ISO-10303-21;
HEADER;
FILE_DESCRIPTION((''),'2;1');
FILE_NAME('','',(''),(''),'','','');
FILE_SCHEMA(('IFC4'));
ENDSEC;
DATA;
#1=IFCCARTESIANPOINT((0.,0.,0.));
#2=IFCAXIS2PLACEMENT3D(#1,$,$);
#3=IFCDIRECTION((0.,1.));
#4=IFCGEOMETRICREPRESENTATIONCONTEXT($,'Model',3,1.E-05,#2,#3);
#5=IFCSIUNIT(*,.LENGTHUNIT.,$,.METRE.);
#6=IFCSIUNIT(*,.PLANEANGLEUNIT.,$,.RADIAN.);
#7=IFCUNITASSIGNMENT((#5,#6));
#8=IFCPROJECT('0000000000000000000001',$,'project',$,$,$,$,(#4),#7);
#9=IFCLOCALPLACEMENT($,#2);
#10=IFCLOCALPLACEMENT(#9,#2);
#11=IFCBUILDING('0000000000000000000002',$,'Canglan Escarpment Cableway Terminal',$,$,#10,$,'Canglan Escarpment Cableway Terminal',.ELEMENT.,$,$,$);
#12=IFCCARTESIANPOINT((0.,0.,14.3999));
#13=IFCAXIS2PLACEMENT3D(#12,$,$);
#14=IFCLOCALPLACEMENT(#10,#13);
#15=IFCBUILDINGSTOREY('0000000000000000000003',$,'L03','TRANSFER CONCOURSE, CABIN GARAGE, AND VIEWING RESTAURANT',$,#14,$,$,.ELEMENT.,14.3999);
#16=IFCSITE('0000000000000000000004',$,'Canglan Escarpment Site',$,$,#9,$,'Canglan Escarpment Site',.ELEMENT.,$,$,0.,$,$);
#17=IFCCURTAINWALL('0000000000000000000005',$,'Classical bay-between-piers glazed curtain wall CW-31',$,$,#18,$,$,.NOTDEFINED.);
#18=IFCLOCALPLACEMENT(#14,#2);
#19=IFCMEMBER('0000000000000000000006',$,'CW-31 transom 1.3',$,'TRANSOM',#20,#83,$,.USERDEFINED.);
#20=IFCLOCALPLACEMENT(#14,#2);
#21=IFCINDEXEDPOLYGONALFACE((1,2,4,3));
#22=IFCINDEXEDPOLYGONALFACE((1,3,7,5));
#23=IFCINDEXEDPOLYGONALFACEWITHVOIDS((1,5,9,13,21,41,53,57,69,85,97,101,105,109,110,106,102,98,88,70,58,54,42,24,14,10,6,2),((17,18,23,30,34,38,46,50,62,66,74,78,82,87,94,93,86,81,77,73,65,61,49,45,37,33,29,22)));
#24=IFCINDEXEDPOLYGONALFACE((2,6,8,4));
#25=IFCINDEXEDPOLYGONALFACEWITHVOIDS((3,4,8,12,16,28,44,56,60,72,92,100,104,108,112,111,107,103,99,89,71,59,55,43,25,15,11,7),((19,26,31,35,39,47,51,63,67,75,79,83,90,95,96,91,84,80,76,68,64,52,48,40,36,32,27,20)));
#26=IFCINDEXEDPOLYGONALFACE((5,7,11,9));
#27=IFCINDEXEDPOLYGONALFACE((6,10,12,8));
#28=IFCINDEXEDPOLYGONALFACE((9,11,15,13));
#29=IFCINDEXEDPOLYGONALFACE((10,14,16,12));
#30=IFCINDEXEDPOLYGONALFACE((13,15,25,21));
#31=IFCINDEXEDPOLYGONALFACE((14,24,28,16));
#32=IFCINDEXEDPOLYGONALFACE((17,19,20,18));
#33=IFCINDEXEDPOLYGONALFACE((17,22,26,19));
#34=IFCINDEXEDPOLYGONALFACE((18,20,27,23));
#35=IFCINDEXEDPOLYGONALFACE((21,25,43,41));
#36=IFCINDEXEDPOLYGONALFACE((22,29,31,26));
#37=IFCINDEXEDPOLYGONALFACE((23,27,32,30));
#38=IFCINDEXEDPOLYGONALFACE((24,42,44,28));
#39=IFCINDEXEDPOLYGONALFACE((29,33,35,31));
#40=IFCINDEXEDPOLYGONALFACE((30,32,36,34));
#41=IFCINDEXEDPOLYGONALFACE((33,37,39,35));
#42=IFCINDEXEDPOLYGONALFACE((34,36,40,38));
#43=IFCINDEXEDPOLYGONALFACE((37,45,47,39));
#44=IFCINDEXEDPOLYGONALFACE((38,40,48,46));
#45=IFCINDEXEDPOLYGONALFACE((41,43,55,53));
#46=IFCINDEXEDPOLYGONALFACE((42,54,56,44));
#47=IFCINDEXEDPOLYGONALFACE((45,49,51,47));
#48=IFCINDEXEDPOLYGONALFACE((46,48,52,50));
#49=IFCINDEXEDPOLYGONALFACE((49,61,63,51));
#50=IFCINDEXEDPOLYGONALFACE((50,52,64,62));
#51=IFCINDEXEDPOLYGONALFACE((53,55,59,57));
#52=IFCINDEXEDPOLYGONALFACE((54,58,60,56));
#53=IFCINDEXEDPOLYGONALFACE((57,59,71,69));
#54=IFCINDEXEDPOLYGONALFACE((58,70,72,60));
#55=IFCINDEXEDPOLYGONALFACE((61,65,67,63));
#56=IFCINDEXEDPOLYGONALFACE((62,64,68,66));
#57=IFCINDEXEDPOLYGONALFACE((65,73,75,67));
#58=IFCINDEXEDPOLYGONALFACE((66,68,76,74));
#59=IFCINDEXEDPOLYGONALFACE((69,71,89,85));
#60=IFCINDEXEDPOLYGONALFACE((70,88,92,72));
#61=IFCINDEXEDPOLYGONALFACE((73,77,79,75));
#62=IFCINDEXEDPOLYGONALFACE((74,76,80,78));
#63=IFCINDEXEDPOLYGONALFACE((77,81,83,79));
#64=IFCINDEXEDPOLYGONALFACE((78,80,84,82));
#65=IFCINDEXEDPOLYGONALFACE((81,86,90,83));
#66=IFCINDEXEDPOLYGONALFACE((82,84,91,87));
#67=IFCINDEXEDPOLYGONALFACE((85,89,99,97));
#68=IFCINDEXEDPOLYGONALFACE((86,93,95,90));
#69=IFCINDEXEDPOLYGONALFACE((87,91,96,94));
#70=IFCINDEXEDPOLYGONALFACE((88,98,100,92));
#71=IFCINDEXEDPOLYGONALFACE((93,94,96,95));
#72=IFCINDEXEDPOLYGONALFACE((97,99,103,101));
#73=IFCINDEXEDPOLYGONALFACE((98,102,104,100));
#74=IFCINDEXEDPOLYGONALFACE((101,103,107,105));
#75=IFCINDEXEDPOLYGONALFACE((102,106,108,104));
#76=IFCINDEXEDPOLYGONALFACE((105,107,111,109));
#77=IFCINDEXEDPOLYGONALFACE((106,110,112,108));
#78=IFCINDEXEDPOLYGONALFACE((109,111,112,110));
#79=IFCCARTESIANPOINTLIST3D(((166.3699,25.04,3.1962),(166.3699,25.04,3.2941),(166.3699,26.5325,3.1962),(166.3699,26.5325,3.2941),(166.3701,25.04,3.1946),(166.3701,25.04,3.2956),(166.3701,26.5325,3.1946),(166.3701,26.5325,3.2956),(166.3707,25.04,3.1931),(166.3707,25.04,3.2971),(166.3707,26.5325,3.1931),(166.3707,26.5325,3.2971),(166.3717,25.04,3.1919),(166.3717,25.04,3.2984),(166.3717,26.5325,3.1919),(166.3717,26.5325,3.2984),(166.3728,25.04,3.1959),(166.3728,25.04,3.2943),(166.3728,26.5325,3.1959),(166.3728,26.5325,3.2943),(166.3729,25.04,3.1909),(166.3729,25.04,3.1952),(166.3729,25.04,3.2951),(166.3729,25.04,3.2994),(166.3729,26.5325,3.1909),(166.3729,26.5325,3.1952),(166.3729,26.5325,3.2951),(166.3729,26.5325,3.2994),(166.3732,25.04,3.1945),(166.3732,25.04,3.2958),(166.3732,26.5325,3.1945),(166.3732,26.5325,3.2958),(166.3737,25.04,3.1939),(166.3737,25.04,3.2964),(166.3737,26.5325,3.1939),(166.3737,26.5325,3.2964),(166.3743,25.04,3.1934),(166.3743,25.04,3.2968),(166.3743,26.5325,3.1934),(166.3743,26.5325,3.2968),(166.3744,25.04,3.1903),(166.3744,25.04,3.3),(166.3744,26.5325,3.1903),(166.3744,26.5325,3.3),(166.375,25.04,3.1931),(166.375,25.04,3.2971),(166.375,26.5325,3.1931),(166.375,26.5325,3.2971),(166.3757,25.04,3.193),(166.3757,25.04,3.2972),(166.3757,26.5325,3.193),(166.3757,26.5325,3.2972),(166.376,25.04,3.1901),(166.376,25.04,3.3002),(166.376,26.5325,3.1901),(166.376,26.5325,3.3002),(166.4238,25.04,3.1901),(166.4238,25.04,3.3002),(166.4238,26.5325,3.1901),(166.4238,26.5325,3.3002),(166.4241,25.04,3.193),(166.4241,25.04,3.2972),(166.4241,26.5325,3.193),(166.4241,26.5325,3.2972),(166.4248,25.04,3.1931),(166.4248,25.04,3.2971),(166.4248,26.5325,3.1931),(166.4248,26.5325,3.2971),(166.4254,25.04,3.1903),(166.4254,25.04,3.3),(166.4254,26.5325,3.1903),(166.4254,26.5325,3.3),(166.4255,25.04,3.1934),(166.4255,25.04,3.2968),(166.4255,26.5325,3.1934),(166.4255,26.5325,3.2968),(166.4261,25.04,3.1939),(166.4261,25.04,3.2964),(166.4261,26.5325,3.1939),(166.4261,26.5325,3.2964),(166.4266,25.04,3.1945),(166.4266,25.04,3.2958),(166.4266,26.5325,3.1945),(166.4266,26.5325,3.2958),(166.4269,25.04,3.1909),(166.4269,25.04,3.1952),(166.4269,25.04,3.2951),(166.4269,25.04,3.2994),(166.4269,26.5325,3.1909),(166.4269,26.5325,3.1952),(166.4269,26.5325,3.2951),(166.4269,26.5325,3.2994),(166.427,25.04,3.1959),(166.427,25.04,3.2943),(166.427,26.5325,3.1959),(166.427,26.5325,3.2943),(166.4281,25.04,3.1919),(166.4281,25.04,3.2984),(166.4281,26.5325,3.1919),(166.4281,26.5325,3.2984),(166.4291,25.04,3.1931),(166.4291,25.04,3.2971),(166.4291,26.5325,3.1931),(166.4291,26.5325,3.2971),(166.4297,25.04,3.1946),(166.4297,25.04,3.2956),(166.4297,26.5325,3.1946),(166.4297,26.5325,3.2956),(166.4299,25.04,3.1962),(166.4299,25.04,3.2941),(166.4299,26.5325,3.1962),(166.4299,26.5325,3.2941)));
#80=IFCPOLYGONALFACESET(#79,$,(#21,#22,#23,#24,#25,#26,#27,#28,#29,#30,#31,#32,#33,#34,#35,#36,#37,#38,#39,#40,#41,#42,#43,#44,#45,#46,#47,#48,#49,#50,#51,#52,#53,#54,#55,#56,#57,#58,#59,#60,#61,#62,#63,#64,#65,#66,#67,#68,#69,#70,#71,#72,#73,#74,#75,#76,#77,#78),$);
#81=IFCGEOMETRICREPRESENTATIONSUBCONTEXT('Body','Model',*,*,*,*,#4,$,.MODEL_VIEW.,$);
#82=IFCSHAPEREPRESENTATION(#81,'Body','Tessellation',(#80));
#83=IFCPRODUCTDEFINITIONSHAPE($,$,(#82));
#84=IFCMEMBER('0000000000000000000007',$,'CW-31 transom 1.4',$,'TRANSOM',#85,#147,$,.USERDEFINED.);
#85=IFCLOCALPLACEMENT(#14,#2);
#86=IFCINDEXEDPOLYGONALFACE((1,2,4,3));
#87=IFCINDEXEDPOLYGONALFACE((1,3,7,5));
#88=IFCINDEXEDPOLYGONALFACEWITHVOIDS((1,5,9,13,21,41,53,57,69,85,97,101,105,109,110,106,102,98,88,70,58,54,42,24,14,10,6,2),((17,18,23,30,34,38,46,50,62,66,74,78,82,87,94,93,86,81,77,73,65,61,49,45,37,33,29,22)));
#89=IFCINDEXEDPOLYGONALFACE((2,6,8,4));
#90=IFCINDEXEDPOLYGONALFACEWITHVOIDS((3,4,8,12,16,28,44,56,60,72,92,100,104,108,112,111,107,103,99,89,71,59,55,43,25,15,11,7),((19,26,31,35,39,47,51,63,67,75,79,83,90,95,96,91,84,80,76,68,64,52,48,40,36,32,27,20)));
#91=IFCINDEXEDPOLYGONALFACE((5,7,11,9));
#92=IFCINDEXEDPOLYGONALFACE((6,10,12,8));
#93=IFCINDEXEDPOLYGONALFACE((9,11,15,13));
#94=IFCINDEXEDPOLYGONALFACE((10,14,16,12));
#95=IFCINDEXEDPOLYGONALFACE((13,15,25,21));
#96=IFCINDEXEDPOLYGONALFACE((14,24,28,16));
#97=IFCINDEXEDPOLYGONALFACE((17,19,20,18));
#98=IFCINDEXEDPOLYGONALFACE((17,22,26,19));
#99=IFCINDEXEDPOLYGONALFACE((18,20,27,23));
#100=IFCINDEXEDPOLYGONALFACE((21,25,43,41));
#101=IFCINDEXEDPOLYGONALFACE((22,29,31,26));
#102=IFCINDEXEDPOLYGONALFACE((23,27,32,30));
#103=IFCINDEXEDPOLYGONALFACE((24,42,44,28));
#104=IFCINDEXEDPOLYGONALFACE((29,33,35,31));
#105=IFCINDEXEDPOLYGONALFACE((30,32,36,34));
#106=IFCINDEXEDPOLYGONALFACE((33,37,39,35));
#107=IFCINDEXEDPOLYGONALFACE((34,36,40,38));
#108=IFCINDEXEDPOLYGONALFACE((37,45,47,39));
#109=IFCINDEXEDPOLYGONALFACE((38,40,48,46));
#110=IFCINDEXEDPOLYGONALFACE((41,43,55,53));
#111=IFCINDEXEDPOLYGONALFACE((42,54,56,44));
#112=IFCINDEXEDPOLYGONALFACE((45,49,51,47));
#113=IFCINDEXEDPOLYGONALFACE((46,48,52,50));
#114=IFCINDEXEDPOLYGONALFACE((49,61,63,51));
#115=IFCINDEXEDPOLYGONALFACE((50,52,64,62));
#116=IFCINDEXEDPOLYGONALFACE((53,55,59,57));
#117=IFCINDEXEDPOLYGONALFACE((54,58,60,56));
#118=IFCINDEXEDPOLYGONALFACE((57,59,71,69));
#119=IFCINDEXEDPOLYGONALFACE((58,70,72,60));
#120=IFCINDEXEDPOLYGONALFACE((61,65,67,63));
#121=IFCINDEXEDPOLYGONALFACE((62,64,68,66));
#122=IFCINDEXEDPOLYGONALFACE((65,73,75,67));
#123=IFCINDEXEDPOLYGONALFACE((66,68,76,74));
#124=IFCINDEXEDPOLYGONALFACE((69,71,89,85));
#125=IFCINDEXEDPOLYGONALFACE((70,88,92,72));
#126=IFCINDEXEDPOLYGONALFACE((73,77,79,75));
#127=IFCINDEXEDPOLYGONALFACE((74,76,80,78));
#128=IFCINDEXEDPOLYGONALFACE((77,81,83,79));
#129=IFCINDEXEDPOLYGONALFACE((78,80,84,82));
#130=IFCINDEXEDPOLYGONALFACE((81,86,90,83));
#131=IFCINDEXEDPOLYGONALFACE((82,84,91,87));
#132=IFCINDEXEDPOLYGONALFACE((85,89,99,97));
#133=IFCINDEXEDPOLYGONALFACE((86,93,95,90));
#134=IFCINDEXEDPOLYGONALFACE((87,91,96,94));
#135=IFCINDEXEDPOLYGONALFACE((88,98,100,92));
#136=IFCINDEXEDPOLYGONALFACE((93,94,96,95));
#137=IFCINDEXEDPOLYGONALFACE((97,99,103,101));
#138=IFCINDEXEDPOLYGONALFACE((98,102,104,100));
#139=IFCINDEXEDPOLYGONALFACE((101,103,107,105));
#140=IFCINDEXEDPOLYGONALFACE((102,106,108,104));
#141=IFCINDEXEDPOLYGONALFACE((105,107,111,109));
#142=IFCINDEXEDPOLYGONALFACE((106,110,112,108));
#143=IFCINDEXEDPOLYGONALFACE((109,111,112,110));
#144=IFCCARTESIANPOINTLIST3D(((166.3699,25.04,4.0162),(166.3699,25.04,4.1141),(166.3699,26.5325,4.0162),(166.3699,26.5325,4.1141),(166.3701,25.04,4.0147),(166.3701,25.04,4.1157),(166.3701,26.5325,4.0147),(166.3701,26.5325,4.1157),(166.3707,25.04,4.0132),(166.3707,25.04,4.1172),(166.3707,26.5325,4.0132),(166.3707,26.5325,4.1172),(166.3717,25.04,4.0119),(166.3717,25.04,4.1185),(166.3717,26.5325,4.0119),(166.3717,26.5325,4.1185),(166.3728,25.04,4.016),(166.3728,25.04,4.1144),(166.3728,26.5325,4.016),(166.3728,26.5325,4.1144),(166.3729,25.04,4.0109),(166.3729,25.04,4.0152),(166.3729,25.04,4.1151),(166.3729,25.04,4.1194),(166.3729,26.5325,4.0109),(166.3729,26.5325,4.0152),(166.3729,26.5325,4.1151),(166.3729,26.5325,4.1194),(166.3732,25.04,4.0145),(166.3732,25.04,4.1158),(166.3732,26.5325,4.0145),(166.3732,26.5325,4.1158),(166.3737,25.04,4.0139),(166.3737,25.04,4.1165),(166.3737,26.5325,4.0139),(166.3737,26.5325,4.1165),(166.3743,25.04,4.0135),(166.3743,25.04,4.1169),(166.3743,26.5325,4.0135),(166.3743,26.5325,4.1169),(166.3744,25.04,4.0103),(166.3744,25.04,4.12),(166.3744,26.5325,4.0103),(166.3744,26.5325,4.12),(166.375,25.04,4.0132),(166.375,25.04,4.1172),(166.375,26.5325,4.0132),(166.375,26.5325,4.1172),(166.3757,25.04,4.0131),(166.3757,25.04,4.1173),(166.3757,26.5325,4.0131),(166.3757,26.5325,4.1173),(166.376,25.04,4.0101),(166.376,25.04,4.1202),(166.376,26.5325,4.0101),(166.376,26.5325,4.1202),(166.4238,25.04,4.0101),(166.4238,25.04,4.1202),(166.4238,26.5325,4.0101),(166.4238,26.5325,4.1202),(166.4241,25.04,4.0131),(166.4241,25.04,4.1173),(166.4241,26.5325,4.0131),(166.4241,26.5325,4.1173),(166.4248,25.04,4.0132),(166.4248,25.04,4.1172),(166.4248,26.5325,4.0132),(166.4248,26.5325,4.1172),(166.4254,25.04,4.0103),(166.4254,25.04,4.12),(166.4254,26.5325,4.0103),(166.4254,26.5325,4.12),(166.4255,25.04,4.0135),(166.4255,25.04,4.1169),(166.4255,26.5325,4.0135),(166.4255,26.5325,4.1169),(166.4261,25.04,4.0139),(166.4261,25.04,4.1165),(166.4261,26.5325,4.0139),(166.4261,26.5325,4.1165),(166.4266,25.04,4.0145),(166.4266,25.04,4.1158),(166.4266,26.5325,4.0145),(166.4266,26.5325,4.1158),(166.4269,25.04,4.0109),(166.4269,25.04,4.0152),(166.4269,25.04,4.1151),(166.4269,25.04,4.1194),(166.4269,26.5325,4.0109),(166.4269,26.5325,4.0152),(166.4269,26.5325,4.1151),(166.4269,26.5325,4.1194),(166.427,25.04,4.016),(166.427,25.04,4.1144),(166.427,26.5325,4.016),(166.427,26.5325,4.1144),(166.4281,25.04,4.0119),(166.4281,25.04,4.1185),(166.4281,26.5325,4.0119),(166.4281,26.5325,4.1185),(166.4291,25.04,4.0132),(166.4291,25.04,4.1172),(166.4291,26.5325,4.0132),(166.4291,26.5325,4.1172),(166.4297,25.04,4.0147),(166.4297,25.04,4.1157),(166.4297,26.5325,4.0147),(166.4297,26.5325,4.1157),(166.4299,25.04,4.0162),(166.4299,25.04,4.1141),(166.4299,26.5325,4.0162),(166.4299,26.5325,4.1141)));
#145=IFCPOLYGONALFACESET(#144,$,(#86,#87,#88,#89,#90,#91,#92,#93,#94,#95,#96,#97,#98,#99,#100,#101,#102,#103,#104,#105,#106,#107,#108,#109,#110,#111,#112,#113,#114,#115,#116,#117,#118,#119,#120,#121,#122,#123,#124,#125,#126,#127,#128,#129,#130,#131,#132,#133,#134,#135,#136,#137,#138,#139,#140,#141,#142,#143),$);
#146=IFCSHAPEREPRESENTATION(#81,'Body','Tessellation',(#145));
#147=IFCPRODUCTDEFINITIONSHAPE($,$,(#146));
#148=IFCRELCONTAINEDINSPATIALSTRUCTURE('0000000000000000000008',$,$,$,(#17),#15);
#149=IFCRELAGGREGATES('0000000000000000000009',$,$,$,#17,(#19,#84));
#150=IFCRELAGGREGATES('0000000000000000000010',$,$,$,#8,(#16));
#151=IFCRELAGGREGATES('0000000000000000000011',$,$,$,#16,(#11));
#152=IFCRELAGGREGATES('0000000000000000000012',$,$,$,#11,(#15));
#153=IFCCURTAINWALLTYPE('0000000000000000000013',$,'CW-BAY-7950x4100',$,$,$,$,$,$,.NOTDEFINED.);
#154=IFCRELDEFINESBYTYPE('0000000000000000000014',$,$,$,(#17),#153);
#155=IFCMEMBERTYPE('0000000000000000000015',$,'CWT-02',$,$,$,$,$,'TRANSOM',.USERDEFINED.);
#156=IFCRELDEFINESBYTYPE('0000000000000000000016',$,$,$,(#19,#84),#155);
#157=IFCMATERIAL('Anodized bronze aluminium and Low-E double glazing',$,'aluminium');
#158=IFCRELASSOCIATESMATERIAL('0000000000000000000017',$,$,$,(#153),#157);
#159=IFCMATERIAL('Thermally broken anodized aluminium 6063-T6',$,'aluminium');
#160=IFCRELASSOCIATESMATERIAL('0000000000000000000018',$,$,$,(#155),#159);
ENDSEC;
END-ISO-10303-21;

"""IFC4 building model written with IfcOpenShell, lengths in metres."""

from ifc_helpers import new_model, si_unit, direction, frame, origin, origin_2d, place, context, subcontext, project, spatial, hollow_rectangle, extrude, material, material_profile, profile_set, type_object, element, aggregate, save


model = new_model("IFC4")

# Units and contexts
model_context = context("Model", 3, precision=1e-05, world=origin(), true_north=direction((0.0, 1.0)))
body_context = subcontext(model_context, "Body", "Model", "MODEL_VIEW")
ifc_project = project(units=[si_unit("LENGTHUNIT", "METRE"), si_unit("PLANEANGLEUNIT", "RADIAN")], contexts=[model_context])

# Site, building, storey
site_placement = place(None, origin())
site = spatial("IfcSite", under=ifc_project, at=site_placement, Name="Canglan Escarpment Site", LongName="Canglan Escarpment Site", CompositionType="ELEMENT", RefElevation=0.0)
building_placement = place(site_placement, origin())
building = spatial("IfcBuilding", under=site, at=building_placement, Name="Canglan Escarpment Cableway Terminal", LongName="Canglan Escarpment Cableway Terminal", CompositionType="ELEMENT")
storey_placement = place(building_placement, frame((0.0, 0.0, 14.3999)))
storey = spatial("IfcBuildingStorey", under=building, at=storey_placement, Name="L03", Description="TRANSFER CONCOURSE, CABIN GARAGE, AND VIEWING RESTAURANT", CompositionType="ELEMENT", Elevation=14.3999)

# Curtain wall, members
ifc_material_1 = material(Name="Anodized bronze aluminium and Low-E double glazing", Category="aluminium")
curtain_wall_type = type_object("IfcCurtainWallType", Name="CW-BAY-7950x4100", PredefinedType="NOTDEFINED", material=ifc_material_1)
curtain_wall_placement = place(storey_placement, origin())
curtain_wall = element("IfcCurtainWall", 1, at=curtain_wall_placement, inside=storey, type_object=curtain_wall_type, Name="Classical bay-between-piers glazed curtain wall CW-31", PredefinedType="NOTDEFINED")
ifc_material_2 = material(Name="Thermally broken anodized aluminium 6063-T6", Category="aluminium")
ifc_material_profile_1 = material_profile(ifc_material_2, hollow_rectangle(XDim=0.0601, YDim=0.1101, WallThickness=0.0029, InnerFilletRadius=0.0029, OuterFilletRadius=0.0061, at=origin_2d()), Name="ALU-TRAN 60x110x3")
ifc_profile_set_1 = profile_set([ifc_material_profile_1], Name="Thermally broken anodized aluminium 6063-T6")
member_type_1 = type_object("IfcMemberType", Name="CWT-02", ElementType="TRANSOM", PredefinedType="USERDEFINED", material=ifc_profile_set_1)
member_1_placement = place(storey_placement, frame((166.3999, 25.04, 3.2451), z_axis=(0.0, 1.0, 0.0), x_axis=(-1.0, 0.0, 0.0)))
member_1 = element("IfcMember", 2, at=member_1_placement, type_object=member_type_1, Name="CW-31 transom 1.3", ObjectType="TRANSOM", PredefinedType="USERDEFINED", context=body_context, shape_type="SweptSolid", body=[
    extrude(hollow_rectangle(XDim=0.0601, YDim=0.1101, WallThickness=0.0029, InnerFilletRadius=0.0029, OuterFilletRadius=0.0061, at=origin_2d()), origin(), (0.0, 0.0, 1.0), 1.4924),
])
member_2_placement = place(storey_placement, frame((166.3999, 25.04, 4.0652), z_axis=(0.0, 1.0, 0.0), x_axis=(-1.0, 0.0, 0.0)))
member_2 = element("IfcMember", 3, at=member_2_placement, type_object=member_type_1, Name="CW-31 transom 1.4", ObjectType="TRANSOM", PredefinedType="USERDEFINED", context=body_context, shape_type="SweptSolid", body=[
    extrude(hollow_rectangle(XDim=0.0601, YDim=0.1101, WallThickness=0.0029, InnerFilletRadius=0.0029, OuterFilletRadius=0.0061, at=origin_2d()), origin(), (0.0, 0.0, 1.0), 1.4924),
])

aggregate(curtain_wall, [member_1, member_2])

save(model, "model.ifc")
